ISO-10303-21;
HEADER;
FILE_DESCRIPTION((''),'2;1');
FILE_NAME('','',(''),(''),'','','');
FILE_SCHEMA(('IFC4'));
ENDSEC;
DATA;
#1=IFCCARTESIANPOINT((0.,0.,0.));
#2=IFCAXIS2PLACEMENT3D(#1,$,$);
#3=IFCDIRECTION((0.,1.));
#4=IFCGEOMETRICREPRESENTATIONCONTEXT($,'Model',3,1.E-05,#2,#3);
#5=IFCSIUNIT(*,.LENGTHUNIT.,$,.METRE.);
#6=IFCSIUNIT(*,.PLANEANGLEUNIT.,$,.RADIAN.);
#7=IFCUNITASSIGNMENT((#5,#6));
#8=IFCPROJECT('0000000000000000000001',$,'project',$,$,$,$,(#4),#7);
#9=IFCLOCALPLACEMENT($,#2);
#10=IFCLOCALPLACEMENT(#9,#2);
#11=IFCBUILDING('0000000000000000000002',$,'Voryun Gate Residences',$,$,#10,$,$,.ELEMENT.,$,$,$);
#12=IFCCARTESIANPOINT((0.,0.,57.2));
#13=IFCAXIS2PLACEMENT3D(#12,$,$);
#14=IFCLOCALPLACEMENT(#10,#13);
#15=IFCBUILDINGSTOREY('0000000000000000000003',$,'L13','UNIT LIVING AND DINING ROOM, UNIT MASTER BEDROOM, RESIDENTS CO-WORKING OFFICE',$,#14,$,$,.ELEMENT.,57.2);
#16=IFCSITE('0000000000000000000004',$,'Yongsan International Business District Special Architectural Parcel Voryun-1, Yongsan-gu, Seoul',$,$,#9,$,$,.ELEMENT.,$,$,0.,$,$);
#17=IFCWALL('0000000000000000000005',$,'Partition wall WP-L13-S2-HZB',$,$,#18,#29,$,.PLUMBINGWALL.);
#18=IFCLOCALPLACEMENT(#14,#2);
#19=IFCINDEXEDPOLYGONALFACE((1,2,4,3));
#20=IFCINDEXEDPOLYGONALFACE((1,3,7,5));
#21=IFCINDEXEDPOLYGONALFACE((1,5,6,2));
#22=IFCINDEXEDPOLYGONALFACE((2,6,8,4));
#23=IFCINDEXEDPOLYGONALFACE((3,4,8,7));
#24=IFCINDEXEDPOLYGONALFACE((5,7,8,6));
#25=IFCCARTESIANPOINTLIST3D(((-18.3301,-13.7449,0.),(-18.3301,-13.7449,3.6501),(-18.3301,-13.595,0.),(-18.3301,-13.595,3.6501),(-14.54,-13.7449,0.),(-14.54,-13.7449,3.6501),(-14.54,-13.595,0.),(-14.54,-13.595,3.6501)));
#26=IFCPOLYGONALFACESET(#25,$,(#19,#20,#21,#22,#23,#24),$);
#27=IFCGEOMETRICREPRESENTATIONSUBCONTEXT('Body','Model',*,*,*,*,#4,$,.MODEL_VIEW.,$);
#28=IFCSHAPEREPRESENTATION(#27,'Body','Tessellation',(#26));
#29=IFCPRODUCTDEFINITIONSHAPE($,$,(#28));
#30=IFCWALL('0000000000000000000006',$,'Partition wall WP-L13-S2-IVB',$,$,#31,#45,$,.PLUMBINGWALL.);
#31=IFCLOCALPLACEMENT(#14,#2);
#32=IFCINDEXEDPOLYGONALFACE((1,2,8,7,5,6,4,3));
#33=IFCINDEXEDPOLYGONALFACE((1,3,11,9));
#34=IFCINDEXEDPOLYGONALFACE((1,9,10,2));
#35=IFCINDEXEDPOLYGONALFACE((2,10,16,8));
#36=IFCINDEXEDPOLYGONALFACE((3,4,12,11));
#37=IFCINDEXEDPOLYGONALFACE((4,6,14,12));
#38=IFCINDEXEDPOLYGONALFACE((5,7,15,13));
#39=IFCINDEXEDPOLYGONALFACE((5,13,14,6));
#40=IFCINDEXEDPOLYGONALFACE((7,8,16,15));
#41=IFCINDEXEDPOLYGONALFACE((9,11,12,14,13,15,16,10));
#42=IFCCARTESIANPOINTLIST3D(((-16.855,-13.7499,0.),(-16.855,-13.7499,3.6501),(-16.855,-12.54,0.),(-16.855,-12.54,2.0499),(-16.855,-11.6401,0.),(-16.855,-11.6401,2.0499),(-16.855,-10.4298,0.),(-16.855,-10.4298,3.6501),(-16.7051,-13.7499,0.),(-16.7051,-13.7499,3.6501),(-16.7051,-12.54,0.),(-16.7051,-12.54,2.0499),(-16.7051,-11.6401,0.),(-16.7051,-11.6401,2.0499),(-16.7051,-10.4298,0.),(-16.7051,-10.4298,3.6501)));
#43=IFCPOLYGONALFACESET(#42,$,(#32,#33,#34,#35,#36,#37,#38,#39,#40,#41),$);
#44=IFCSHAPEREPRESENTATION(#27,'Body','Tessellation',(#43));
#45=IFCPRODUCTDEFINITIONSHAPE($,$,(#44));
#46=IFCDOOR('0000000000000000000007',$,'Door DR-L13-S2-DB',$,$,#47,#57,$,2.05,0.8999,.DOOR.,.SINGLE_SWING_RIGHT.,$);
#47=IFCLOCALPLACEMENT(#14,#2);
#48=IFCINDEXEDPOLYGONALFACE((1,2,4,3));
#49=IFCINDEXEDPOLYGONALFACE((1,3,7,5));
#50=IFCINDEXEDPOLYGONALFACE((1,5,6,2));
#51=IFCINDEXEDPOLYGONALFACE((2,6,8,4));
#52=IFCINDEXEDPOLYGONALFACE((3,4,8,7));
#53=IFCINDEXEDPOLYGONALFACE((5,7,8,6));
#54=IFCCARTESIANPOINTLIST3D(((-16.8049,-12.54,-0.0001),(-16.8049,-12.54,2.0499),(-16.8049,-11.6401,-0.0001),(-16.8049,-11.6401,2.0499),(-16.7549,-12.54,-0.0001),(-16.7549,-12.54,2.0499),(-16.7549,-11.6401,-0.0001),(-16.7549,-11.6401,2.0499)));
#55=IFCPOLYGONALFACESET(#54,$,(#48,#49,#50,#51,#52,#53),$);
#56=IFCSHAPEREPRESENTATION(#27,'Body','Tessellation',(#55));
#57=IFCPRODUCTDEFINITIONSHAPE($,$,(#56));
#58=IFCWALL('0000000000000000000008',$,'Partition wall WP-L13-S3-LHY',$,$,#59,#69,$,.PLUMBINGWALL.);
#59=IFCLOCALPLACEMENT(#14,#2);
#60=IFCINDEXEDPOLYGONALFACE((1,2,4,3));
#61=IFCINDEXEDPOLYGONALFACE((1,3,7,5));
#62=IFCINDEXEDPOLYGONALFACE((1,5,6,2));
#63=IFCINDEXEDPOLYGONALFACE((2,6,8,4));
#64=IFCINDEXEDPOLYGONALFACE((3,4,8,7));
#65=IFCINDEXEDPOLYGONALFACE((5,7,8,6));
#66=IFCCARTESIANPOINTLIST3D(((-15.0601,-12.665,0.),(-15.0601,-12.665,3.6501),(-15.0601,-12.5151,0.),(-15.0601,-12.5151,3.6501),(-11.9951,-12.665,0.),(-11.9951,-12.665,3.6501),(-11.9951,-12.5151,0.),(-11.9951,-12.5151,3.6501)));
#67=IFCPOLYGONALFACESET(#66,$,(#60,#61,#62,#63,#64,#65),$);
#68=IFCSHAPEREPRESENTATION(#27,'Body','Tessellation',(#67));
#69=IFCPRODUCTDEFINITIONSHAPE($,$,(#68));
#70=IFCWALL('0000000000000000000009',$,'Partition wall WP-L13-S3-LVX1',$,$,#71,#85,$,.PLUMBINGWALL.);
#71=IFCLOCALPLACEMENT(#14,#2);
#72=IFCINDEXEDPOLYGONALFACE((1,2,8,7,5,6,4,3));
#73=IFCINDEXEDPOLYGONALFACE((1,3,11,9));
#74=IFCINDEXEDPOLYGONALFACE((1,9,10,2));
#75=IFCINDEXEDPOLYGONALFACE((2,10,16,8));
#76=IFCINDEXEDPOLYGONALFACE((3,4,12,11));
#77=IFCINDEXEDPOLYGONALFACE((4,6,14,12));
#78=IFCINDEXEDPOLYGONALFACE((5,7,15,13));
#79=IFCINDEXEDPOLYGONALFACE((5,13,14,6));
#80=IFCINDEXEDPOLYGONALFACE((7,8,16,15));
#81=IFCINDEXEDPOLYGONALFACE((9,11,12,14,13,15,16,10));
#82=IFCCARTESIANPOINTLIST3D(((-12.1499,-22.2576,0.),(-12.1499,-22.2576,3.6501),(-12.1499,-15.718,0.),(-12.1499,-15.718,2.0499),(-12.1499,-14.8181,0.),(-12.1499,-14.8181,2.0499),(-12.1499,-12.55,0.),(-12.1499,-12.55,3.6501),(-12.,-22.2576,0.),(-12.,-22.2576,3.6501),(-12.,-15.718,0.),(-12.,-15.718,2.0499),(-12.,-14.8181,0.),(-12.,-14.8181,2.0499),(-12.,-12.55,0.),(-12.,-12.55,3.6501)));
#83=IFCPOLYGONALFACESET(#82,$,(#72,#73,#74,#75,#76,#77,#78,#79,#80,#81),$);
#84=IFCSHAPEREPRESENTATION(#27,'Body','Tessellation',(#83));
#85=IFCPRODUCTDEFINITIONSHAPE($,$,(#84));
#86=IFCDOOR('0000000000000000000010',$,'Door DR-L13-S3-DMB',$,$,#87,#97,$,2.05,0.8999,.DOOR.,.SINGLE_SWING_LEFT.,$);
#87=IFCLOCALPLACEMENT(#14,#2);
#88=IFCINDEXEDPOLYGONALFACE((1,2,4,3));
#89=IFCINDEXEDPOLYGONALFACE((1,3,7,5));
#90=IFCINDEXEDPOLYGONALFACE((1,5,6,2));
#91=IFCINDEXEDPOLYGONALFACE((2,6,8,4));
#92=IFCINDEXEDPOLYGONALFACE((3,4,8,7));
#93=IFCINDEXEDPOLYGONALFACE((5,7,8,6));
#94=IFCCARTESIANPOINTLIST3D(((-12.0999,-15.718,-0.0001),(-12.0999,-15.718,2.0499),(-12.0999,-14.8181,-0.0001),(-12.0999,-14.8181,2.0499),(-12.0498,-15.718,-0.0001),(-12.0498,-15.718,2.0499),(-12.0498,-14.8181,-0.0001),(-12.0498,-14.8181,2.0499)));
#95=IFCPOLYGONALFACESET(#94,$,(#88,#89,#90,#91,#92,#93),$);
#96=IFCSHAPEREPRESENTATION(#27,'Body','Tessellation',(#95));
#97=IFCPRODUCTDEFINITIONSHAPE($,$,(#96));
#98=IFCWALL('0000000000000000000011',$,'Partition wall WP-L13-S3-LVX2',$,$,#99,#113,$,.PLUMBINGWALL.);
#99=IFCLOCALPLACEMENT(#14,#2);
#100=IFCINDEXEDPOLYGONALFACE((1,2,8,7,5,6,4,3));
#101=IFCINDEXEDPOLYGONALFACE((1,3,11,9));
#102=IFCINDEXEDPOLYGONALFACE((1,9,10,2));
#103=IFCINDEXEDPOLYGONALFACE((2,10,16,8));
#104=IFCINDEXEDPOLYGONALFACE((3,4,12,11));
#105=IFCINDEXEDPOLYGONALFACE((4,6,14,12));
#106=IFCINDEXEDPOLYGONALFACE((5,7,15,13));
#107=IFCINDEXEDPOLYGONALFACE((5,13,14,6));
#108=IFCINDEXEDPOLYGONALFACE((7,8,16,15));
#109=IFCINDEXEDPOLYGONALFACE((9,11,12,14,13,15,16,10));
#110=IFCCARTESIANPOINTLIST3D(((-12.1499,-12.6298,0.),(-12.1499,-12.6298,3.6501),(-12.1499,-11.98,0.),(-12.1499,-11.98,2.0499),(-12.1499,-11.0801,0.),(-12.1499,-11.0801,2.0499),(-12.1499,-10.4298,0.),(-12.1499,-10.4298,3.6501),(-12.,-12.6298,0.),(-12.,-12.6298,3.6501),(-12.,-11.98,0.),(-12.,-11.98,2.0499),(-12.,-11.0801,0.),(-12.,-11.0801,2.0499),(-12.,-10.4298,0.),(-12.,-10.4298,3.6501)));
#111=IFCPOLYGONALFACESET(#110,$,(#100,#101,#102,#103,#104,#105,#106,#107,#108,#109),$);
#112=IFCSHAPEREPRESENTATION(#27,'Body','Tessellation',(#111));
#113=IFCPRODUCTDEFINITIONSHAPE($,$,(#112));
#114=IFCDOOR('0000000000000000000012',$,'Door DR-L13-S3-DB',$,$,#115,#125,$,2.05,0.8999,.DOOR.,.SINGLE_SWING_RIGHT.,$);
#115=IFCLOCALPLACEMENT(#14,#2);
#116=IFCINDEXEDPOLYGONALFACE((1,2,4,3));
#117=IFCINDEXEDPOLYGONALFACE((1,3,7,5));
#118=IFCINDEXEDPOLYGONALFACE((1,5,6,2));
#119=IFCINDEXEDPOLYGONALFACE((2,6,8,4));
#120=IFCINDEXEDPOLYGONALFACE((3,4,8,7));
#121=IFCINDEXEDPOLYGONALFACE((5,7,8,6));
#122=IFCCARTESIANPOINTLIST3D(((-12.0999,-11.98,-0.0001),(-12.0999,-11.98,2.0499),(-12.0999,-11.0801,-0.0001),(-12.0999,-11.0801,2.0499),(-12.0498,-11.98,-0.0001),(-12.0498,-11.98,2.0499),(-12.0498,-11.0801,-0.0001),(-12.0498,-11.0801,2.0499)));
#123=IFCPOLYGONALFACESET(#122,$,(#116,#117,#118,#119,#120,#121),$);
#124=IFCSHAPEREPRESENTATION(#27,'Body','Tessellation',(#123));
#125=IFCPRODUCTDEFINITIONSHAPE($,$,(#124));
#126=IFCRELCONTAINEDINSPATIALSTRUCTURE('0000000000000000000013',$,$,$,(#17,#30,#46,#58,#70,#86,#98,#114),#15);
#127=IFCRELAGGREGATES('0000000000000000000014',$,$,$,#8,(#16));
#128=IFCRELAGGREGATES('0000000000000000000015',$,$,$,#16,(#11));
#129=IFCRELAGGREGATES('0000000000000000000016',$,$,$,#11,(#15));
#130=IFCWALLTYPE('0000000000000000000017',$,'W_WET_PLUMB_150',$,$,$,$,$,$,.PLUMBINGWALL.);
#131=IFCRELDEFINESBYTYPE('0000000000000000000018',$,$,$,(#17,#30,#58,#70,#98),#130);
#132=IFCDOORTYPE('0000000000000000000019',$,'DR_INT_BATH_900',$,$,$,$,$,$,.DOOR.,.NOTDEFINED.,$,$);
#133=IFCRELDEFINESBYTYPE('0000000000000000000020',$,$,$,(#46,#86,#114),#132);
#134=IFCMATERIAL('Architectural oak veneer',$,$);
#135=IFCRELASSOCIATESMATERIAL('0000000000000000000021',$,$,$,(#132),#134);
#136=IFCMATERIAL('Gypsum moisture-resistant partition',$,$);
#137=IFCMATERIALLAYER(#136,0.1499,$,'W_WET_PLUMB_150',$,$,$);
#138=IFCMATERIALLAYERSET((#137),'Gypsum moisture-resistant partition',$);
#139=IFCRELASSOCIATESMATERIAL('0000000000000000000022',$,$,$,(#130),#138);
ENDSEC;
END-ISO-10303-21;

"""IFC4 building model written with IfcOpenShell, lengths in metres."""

from ifc_helpers import new_model, si_unit, direction, frame, frame_2d, origin, place, context, subcontext, project, spatial, rectangle, extrude, material, layer, layer_set, type_object, element, fill, save


model = new_model("IFC4")

# Units and contexts
model_context = context("Model", 3, precision=1e-05, world=origin(), true_north=direction((0.0, 1.0)))
body_context = subcontext(model_context, "Body", "Model", "MODEL_VIEW")
ifc_project = project(units=[si_unit("LENGTHUNIT", "METRE"), si_unit("PLANEANGLEUNIT", "RADIAN")], contexts=[model_context])

# Site, building, storey
site_placement = place(None, origin())
site = spatial("IfcSite", under=ifc_project, at=site_placement, Name="Yongsan International Business District Special Architectural Parcel Voryun-1, Yongsan-gu, Seoul", CompositionType="ELEMENT", RefElevation=0.0)
building_placement = place(site_placement, origin())
building = spatial("IfcBuilding", under=site, at=building_placement, Name="Voryun Gate Residences", CompositionType="ELEMENT")
storey_placement = place(building_placement, frame((0.0, 0.0, 57.2)))
storey = spatial("IfcBuildingStorey", under=building, at=storey_placement, Name="L13", Description="UNIT LIVING AND DINING ROOM, UNIT MASTER BEDROOM, RESIDENTS CO-WORKING OFFICE", CompositionType="ELEMENT", Elevation=57.2)

# Shared definitions
ifc_material_1 = material(Name="Architectural oak veneer")
door_type_1 = type_object("IfcDoorType", Name="DR_INT_BATH_900", OperationType="NOTDEFINED", PredefinedType="DOOR", material=ifc_material_1)

# Wall
ifc_material_2 = material(Name="Gypsum moisture-resistant partition")
ifc_layer_1 = layer(ifc_material_2, 0.1499, Name="W_WET_PLUMB_150")
ifc_layer_set_1 = layer_set([ifc_layer_1], Name="Gypsum moisture-resistant partition")
wall_type_1 = type_object("IfcWallType", Name="W_WET_PLUMB_150", PredefinedType="PLUMBINGWALL", material=ifc_layer_set_1)
wall_1_placement = place(storey_placement, frame((-18.3301, -13.6699, 0.0), z_axis=(0.0, 0.0, 1.0), x_axis=(1.0, 0.0, 0.0)))
element("IfcWall", 1, at=wall_1_placement, inside=storey, type_object=wall_type_1, Name="Partition wall WP-L13-S2-HZB", PredefinedType="PLUMBINGWALL", context=body_context, shape_type="SweptSolid", body=[
    extrude(rectangle(XDim=3.79, YDim=0.1499, at=frame_2d((1.895, 0.0))), origin(), (0.0, 0.0, 1.0), 3.6501),
])

# Wall, opening, door
wall_2_placement = place(storey_placement, frame((-16.78, -13.75, 0.0), z_axis=(0.0, 0.0, 1.0), x_axis=(0.0, 1.0, 0.0)))
wall_2 = element("IfcWall", 2, at=wall_2_placement, inside=storey, type_object=wall_type_1, Name="Partition wall WP-L13-S2-IVB", PredefinedType="PLUMBINGWALL", context=body_context, shape_type="SweptSolid", body=[
    extrude(rectangle(XDim=3.3201, YDim=0.1499, at=frame_2d((1.6602, 0.0))), origin(), (0.0, 0.0, 1.0), 3.6501),
])
opening_1_placement = place(wall_2_placement, frame((1.21, 0.0, 0.0)))
opening_1 = element("IfcOpeningElement", 3, at=opening_1_placement, cuts=wall_2, PredefinedType="OPENING", context=body_context, shape_type="SweptSolid", body=[
    extrude(rectangle(XDim=0.8999, YDim=2.05, at=frame_2d((0.45, 1.0249))), frame((0.0, 0.085, 0.0), z_axis=(0.0, -1.0, 0.0), x_axis=(1.0, 0.0, 0.0)), (0.0, 0.0, 1.0), 0.1699),
])
door_1_placement = place(opening_1_placement, origin())
door_1 = element("IfcDoor", 4, at=door_1_placement, inside=storey, type_object=door_type_1, Name="Door DR-L13-S2-DB", OperationType="SINGLE_SWING_RIGHT", OverallHeight=2.05, OverallWidth=0.8999, PredefinedType="DOOR", context=body_context, shape_type="SweptSolid", body=[
    extrude(rectangle(XDim=0.8999, YDim=2.05, at=frame_2d((0.45, 1.0249))), frame((0.0, 0.0249, 0.0), z_axis=(0.0, -1.0, 0.0), x_axis=(1.0, 0.0, 0.0)), (0.0, 0.0, 1.0), 0.05),
])
fill(opening_1, door_1)

# Wall
wall_3_placement = place(storey_placement, frame((-15.0601, -12.5901, 0.0), z_axis=(0.0, 0.0, 1.0), x_axis=(1.0, 0.0, 0.0)))
element("IfcWall", 5, at=wall_3_placement, inside=storey, type_object=wall_type_1, Name="Partition wall WP-L13-S3-LHY", PredefinedType="PLUMBINGWALL", context=body_context, shape_type="SweptSolid", body=[
    extrude(rectangle(XDim=3.0649, YDim=0.1499, at=frame_2d((1.5325, 0.0))), origin(), (0.0, 0.0, 1.0), 3.6501),
])

# Walls, openings, doors
wall_4_placement = place(storey_placement, frame((-12.075, -22.2576, 0.0), z_axis=(0.0, 0.0, 1.0), x_axis=(0.0, 1.0, 0.0)))
wall_4 = element("IfcWall", 6, at=wall_4_placement, inside=storey, type_object=wall_type_1, Name="Partition wall WP-L13-S3-LVX1", PredefinedType="PLUMBINGWALL", context=body_context, shape_type="SweptSolid", body=[
    extrude(rectangle(XDim=9.7075, YDim=0.1499, at=frame_2d((4.8538, 0.0))), origin(), (0.0, 0.0, 1.0), 3.6501),
])
opening_2_placement = place(wall_4_placement, frame((6.5396, 0.0, 0.0)))
opening_2 = element("IfcOpeningElement", 7, at=opening_2_placement, cuts=wall_4, PredefinedType="OPENING", context=body_context, shape_type="SweptSolid", body=[
    extrude(rectangle(XDim=0.8999, YDim=2.05, at=frame_2d((0.45, 1.0249))), frame((0.0, 0.085, 0.0), z_axis=(0.0, -1.0, 0.0), x_axis=(1.0, 0.0, 0.0)), (0.0, 0.0, 1.0), 0.1699),
])
door_2_placement = place(opening_2_placement, origin())
door_2 = element("IfcDoor", 8, at=door_2_placement, inside=storey, type_object=door_type_1, Name="Door DR-L13-S3-DMB", OperationType="SINGLE_SWING_LEFT", OverallHeight=2.05, OverallWidth=0.8999, PredefinedType="DOOR", context=body_context, shape_type="SweptSolid", body=[
    extrude(rectangle(XDim=0.8999, YDim=2.05, at=frame_2d((0.45, 1.0249))), frame((0.0, 0.0249, 0.0), z_axis=(0.0, -1.0, 0.0), x_axis=(1.0, 0.0, 0.0)), (0.0, 0.0, 1.0), 0.05),
])
fill(opening_2, door_2)
wall_5_placement = place(storey_placement, frame((-12.075, -12.6299, 0.0), z_axis=(0.0, 0.0, 1.0), x_axis=(0.0, 1.0, 0.0)))
wall_5 = element("IfcWall", 9, at=wall_5_placement, inside=storey, type_object=wall_type_1, Name="Partition wall WP-L13-S3-LVX2", PredefinedType="PLUMBINGWALL", context=body_context, shape_type="SweptSolid", body=[
    extrude(rectangle(XDim=2.2, YDim=0.1499, at=frame_2d((1.1001, 0.0))), origin(), (0.0, 0.0, 1.0), 3.6501),
])
opening_3_placement = place(wall_5_placement, frame((0.6499, 0.0, 0.0)))
opening_3 = element("IfcOpeningElement", 10, at=opening_3_placement, cuts=wall_5, PredefinedType="OPENING", context=body_context, shape_type="SweptSolid", body=[
    extrude(rectangle(XDim=0.8999, YDim=2.05, at=frame_2d((0.45, 1.0249))), frame((0.0, 0.085, 0.0), z_axis=(0.0, -1.0, 0.0), x_axis=(1.0, 0.0, 0.0)), (0.0, 0.0, 1.0), 0.1699),
])
door_3_placement = place(opening_3_placement, origin())
door_3 = element("IfcDoor", 11, at=door_3_placement, inside=storey, type_object=door_type_1, Name="Door DR-L13-S3-DB", OperationType="SINGLE_SWING_RIGHT", OverallHeight=2.05, OverallWidth=0.8999, PredefinedType="DOOR", context=body_context, shape_type="SweptSolid", body=[
    extrude(rectangle(XDim=0.8999, YDim=2.05, at=frame_2d((0.45, 1.0249))), frame((0.0, 0.0249, 0.0), z_axis=(0.0, -1.0, 0.0), x_axis=(1.0, 0.0, 0.0)), (0.0, 0.0, 1.0), 0.05),
])
fill(opening_3, door_3)

save(model, "model.ifc")
